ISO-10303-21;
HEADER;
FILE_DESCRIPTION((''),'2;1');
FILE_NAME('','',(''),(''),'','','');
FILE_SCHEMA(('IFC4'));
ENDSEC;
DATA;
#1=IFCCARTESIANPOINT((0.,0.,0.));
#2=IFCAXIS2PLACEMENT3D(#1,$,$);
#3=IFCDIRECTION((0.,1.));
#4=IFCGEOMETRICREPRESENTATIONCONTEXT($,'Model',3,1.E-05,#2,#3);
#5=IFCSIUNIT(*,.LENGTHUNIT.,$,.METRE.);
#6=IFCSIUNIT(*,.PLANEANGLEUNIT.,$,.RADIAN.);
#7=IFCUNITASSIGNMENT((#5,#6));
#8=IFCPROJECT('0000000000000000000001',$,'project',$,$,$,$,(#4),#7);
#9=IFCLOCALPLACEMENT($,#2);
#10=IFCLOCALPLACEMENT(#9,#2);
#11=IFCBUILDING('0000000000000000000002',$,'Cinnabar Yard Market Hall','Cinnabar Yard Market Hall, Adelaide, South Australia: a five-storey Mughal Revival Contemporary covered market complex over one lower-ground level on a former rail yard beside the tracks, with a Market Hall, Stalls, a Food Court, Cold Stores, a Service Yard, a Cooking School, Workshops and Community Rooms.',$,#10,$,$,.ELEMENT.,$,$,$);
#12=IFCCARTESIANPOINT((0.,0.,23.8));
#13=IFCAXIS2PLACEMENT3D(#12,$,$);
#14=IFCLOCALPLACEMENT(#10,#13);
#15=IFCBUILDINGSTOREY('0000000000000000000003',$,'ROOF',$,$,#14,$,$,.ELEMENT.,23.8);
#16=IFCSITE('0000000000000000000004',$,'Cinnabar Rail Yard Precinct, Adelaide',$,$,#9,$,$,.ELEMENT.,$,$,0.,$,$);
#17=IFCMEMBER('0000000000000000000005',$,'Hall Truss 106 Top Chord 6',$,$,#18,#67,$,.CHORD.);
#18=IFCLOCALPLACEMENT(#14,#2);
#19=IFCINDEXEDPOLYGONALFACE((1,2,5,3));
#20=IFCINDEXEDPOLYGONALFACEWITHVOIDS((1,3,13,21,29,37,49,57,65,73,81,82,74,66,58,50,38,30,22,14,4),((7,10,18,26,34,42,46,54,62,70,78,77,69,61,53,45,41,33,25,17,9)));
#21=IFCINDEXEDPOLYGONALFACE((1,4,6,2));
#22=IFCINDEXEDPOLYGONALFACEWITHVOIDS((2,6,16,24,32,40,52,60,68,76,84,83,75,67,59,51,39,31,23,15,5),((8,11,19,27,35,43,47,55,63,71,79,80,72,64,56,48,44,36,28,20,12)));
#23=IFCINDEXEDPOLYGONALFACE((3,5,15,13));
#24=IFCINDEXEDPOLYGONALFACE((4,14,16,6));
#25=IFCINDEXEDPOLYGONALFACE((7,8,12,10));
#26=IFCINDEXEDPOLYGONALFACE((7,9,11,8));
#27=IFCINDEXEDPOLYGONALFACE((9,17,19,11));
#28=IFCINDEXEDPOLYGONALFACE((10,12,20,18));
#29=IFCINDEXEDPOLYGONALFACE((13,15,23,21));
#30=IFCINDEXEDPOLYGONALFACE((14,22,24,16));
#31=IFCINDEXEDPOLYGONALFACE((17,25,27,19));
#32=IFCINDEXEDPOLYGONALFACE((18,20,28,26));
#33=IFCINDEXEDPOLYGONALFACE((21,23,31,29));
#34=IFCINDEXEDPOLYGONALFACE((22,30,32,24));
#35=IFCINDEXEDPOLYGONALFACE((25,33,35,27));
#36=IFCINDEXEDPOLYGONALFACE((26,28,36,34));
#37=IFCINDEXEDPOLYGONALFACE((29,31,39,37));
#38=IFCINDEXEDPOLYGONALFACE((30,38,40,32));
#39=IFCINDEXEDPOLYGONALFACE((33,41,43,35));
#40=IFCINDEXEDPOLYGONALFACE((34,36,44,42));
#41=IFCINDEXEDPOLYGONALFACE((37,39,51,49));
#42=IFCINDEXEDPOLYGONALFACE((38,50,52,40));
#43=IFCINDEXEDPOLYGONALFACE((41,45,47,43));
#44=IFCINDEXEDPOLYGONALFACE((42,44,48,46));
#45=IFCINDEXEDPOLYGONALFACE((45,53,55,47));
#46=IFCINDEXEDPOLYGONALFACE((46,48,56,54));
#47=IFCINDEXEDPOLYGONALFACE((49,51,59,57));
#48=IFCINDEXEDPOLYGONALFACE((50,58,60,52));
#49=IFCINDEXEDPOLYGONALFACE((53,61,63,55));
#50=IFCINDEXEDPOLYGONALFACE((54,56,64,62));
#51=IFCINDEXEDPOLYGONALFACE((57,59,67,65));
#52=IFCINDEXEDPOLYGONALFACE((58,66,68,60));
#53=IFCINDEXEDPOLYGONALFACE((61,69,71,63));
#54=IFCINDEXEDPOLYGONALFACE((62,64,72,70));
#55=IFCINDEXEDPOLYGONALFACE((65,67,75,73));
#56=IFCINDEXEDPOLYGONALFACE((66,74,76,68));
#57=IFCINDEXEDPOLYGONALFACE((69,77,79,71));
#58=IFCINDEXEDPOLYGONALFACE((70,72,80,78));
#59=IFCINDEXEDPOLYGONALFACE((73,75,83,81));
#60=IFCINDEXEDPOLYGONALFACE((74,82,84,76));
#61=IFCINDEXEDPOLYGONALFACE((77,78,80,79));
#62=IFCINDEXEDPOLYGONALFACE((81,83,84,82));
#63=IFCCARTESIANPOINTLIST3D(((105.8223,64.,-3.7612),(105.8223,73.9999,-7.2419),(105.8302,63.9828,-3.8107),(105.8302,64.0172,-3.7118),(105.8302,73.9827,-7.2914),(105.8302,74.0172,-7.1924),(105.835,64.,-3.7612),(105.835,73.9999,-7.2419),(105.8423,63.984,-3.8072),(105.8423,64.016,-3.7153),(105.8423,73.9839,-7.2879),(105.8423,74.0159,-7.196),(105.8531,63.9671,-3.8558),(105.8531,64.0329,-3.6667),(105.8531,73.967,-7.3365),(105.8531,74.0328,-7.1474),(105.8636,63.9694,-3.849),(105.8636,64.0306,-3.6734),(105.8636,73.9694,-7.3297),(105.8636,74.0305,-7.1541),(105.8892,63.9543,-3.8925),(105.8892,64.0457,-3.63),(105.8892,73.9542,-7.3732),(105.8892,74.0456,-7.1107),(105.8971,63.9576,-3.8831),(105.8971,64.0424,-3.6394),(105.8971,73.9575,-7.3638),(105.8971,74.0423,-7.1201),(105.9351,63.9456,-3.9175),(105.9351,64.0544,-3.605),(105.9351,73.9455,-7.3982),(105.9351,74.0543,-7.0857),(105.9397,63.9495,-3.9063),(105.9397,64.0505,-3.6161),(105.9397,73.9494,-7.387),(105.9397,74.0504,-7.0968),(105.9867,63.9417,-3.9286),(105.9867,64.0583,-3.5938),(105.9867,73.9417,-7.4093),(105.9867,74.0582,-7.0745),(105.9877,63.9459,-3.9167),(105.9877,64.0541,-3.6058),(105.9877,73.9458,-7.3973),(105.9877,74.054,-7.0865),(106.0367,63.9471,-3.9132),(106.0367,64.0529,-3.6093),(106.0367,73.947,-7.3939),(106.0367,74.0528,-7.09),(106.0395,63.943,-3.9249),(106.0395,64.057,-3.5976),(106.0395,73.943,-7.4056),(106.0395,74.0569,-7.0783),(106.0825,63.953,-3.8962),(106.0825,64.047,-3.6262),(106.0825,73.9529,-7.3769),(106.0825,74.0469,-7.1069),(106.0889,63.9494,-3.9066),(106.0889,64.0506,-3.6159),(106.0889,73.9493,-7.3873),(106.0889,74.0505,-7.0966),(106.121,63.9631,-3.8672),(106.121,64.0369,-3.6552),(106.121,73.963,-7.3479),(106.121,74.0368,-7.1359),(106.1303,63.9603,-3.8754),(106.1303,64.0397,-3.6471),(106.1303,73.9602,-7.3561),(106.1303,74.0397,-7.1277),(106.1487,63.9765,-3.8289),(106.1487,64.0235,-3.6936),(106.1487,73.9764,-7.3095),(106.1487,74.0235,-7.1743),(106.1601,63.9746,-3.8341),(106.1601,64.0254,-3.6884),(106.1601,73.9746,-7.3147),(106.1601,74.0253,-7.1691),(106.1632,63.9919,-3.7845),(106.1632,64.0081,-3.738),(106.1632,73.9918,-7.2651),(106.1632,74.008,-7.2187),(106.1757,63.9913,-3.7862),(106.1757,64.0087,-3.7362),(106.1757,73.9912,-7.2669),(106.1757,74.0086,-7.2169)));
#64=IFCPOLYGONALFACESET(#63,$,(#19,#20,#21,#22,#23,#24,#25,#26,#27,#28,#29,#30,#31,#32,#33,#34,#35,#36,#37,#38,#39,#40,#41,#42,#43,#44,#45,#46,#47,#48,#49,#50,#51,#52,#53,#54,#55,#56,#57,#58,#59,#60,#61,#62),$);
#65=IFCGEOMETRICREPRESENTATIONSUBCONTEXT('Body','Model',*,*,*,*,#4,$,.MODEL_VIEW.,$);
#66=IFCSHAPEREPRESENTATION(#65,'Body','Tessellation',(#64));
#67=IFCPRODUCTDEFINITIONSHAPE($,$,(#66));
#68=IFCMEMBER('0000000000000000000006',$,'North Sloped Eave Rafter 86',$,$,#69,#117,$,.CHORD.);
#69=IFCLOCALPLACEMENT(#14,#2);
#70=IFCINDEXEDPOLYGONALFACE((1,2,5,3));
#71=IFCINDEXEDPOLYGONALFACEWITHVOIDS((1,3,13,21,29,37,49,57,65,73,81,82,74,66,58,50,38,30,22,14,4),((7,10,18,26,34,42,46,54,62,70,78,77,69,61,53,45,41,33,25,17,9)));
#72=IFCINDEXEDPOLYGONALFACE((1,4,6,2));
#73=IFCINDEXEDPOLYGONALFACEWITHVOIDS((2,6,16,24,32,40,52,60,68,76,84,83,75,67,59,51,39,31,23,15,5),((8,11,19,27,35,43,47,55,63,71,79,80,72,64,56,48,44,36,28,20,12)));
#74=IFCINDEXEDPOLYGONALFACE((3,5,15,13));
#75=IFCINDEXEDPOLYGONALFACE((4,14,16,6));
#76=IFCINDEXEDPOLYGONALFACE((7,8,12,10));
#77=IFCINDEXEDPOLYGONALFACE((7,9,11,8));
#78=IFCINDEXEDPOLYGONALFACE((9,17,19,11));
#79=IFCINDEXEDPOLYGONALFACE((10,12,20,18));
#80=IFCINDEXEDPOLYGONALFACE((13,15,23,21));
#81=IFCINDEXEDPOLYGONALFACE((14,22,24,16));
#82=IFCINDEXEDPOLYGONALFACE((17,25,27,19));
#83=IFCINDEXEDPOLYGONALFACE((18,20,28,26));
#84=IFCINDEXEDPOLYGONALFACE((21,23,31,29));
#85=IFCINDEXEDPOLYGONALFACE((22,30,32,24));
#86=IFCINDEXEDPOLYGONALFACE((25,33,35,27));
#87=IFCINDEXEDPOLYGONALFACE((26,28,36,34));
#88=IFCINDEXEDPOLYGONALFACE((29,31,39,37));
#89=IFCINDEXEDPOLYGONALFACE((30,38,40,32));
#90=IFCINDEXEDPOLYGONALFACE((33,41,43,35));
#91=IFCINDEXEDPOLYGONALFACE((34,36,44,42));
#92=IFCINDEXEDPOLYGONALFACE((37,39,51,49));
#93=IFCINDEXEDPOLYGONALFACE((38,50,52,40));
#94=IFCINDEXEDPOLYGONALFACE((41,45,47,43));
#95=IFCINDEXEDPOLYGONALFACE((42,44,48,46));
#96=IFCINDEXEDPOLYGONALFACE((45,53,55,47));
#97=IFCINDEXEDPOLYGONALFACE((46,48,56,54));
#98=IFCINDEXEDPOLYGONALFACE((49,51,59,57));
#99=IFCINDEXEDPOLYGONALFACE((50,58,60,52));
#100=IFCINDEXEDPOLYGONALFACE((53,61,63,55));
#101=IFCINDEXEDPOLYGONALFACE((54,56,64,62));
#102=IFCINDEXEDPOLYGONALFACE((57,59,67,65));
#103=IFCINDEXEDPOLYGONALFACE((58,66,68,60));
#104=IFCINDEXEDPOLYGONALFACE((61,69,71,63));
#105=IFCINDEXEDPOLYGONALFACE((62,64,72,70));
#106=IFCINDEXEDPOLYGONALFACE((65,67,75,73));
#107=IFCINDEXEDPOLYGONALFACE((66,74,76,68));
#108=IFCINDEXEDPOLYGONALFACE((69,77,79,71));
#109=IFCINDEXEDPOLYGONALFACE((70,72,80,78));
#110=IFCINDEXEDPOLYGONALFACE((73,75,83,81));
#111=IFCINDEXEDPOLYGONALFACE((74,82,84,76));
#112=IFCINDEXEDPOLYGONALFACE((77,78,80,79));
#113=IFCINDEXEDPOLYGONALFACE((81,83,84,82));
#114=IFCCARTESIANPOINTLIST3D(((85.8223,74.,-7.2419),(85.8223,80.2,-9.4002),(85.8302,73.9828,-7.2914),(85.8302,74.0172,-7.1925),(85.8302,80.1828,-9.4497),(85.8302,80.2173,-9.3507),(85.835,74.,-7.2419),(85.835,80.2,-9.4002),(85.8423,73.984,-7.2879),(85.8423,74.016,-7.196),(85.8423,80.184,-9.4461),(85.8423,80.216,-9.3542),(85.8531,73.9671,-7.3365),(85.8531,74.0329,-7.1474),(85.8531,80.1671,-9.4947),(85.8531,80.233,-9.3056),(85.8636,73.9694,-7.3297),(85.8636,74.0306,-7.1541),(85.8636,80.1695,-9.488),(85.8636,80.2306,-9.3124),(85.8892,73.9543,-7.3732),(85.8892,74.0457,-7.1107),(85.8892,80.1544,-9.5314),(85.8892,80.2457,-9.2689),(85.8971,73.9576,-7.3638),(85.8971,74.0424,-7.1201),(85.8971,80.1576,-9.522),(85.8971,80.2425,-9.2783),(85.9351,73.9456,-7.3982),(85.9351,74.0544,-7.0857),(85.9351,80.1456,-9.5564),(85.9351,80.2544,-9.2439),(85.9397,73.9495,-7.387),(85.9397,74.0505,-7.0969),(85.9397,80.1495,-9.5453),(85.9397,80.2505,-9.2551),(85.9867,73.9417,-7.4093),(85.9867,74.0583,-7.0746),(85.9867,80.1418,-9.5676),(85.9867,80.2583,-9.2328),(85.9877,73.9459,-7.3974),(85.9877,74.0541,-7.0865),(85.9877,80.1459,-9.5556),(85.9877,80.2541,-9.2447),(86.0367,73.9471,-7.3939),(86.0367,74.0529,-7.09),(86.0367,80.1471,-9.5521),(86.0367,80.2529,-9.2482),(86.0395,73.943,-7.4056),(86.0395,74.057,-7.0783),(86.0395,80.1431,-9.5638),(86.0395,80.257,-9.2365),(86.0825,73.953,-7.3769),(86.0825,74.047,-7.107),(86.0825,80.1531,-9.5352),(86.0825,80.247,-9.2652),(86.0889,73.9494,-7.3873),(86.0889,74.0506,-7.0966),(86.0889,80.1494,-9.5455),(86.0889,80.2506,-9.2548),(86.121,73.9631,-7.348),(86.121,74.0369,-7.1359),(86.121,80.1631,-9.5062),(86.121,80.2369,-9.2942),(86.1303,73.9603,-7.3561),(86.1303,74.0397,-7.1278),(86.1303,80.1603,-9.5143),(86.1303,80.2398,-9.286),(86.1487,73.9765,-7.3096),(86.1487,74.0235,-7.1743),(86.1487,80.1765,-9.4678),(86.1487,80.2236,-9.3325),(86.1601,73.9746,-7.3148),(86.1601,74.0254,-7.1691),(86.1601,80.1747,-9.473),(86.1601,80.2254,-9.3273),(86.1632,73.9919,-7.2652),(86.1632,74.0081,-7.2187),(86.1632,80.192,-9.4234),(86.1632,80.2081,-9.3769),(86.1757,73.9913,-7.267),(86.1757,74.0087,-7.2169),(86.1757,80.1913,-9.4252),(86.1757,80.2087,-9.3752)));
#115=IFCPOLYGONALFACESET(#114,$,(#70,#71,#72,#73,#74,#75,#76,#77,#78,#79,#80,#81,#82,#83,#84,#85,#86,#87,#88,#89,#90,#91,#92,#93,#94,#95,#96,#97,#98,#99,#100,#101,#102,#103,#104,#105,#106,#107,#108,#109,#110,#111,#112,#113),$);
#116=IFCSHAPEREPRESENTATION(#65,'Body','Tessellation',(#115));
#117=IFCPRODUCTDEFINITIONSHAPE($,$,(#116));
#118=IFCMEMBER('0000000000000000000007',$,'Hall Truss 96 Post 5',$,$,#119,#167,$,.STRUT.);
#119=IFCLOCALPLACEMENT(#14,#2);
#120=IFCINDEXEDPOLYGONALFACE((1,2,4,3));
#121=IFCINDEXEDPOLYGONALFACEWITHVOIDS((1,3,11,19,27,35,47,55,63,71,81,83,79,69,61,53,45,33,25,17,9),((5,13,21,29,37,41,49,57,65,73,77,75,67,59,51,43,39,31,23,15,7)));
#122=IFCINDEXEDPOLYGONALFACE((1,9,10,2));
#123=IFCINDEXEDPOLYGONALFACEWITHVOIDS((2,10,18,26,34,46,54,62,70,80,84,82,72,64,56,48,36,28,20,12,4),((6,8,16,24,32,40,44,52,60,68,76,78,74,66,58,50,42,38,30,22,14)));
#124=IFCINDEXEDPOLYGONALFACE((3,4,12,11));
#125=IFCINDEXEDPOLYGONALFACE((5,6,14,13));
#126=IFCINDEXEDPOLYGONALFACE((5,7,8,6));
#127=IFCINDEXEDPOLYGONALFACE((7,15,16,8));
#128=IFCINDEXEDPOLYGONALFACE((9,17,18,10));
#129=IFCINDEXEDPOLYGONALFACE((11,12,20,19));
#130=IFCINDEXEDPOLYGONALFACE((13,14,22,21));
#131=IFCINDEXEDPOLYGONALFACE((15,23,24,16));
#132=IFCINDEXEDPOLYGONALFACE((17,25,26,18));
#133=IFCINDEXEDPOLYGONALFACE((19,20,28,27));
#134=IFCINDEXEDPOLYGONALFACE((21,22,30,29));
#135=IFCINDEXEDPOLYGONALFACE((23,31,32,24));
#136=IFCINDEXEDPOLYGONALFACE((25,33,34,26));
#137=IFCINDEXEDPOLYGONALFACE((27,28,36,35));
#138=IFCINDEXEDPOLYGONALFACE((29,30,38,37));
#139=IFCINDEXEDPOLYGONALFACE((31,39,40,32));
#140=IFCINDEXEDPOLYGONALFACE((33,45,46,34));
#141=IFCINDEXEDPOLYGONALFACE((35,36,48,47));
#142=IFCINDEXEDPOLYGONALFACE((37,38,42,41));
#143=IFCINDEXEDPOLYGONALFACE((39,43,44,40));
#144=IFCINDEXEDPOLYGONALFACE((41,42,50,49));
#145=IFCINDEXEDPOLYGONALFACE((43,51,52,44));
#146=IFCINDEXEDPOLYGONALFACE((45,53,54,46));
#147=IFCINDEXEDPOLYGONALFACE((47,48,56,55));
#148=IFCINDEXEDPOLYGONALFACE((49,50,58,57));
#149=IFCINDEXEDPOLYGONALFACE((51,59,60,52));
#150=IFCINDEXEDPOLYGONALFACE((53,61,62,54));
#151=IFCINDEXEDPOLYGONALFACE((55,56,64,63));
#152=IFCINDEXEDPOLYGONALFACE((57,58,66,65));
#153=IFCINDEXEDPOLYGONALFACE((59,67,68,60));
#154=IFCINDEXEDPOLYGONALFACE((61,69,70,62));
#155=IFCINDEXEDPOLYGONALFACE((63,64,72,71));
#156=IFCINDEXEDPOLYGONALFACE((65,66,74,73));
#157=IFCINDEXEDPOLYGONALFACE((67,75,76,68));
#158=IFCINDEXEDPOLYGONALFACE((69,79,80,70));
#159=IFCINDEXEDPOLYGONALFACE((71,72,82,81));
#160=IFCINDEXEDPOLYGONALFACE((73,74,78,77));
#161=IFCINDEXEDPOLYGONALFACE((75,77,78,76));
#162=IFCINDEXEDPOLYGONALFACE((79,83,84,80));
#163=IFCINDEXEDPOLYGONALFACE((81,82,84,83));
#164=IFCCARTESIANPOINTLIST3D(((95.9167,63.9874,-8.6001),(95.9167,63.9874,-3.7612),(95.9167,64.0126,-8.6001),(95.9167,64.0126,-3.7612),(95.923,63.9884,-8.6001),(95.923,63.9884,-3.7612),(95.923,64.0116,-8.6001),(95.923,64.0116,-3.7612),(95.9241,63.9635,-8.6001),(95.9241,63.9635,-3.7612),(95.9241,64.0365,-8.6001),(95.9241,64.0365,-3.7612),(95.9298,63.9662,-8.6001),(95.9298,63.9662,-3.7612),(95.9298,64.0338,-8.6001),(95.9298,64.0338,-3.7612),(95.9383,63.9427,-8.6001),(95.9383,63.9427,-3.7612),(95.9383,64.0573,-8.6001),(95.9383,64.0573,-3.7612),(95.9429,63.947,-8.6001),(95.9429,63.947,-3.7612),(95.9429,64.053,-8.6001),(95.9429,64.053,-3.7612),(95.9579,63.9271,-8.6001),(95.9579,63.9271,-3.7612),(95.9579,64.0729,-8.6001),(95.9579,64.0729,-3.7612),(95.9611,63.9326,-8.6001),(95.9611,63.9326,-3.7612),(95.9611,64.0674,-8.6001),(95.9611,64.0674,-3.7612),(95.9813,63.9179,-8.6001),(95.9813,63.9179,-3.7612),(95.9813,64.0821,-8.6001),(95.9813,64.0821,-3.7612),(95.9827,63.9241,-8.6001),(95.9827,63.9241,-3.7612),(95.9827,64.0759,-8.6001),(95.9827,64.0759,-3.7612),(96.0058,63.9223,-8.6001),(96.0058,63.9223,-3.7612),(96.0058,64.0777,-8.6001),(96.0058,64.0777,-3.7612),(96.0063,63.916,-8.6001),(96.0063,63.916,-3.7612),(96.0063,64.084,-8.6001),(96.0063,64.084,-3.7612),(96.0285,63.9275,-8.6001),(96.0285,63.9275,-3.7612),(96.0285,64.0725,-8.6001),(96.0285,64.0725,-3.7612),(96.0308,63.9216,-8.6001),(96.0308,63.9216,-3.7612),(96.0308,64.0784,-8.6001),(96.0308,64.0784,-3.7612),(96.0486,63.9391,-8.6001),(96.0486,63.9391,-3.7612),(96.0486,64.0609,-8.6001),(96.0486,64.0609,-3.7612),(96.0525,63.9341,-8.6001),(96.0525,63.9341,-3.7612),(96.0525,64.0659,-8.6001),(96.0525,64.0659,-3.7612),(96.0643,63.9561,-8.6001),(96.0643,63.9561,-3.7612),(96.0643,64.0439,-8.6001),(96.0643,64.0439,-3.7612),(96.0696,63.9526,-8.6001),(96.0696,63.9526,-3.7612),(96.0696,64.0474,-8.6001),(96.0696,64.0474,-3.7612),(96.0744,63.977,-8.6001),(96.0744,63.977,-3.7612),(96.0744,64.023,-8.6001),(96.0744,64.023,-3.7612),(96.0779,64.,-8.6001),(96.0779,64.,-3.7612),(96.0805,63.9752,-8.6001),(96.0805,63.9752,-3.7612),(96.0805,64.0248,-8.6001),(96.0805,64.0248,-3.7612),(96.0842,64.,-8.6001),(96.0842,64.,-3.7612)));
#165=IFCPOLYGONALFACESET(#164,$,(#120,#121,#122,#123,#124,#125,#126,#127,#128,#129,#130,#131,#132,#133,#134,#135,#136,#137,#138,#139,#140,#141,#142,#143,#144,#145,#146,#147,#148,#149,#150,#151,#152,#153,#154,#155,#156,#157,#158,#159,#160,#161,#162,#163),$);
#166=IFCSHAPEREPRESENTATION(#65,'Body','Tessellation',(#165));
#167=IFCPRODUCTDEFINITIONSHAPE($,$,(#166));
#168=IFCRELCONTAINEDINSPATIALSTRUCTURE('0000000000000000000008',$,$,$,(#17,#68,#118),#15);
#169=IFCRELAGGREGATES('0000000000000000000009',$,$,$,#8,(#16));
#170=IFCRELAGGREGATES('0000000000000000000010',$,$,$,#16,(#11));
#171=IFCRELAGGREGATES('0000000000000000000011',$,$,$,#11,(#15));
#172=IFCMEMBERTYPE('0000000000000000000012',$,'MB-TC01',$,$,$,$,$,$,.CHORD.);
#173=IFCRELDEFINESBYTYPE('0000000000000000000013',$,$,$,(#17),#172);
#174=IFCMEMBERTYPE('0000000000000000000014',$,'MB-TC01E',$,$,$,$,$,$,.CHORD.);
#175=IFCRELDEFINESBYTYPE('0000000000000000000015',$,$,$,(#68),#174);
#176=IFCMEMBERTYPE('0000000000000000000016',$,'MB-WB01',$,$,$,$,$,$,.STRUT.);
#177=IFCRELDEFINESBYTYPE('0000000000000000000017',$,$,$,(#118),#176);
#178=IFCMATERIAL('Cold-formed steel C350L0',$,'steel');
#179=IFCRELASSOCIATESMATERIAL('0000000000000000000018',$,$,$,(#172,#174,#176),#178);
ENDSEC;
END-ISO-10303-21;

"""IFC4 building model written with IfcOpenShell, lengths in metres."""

from ifc_helpers import new_model, si_unit, direction, frame, origin, origin_2d_with_axis, place, context, subcontext, project, spatial, hollow_circle, extrude, material, material_profile, profile_set, type_object, element, save


model = new_model("IFC4")

# Units and contexts
model_context = context("Model", 3, precision=1e-05, world=origin(), true_north=direction((0.0, 1.0)))
body_context = subcontext(model_context, "Body", "Model", "MODEL_VIEW")
ifc_project = project(units=[si_unit("LENGTHUNIT", "METRE"), si_unit("PLANEANGLEUNIT", "RADIAN")], contexts=[model_context])

# Site, building, storey
site_placement = place(None, origin())
site = spatial("IfcSite", under=ifc_project, at=site_placement, Name="Cinnabar Rail Yard Precinct, Adelaide", CompositionType="ELEMENT", RefElevation=0.0)
building_placement = place(site_placement, origin())
building = spatial("IfcBuilding", under=site, at=building_placement, Name="Cinnabar Yard Market Hall", Description="Cinnabar Yard Market Hall, Adelaide, South Australia: a five-storey Mughal Revival Contemporary covered market complex over one lower-ground level on a former rail yard beside the tracks, with a Market Hall, Stalls, a Food Court, Cold Stores, a Service Yard, a Cooking School, Workshops and Community Rooms.", CompositionType="ELEMENT")
storey_placement = place(building_placement, frame((0.0, 0.0, 23.8)))
storey = spatial("IfcBuildingStorey", under=building, at=storey_placement, Name="ROOF", CompositionType="ELEMENT", Elevation=23.8)

# Members
ifc_material_1 = material(Name="Cold-formed steel C350L0", Category="steel")
ifc_material_profile_1 = material_profile(ifc_material_1, hollow_circle(Radius=0.1777, WallThickness=0.0127, at=origin_2d_with_axis()), Name="355.6x12.7CHS")
ifc_profile_set_1 = profile_set([ifc_material_profile_1], Name="Cold-formed steel C350L0")
member_type_1 = type_object("IfcMemberType", Name="MB-TC01", PredefinedType="CHORD", material=ifc_profile_set_1)
for number, where, z_axis, x_axis, name in (
    (1, (106.0, 64.0, -3.7612), (0.0, 0.944425, -0.328727), (-1.0, 0.0, 0.0), "Hall Truss 106 Top Chord 6"),
):
    element("IfcMember", number, at=place(storey_placement, frame(where, z_axis=z_axis, x_axis=x_axis)), inside=storey, type_object=member_type_1, Name=name, PredefinedType="CHORD", context=body_context, shape_type="SweptSolid", body=[
        extrude(hollow_circle(Radius=0.1777, WallThickness=0.0127, at=origin_2d_with_axis()), origin(), (0.0, 0.0, 1.0), 10.5884),
    ])
ifc_material_profile_2 = material_profile(ifc_material_1, hollow_circle(Radius=0.1777, WallThickness=0.0127, at=origin_2d_with_axis()), Name="355.6x12.7CHS")
ifc_profile_set_2 = profile_set([ifc_material_profile_2], Name="Cold-formed steel C350L0")
member_type_2 = type_object("IfcMemberType", Name="MB-TC01E", PredefinedType="CHORD", material=ifc_profile_set_2)
member_1_placement = place(storey_placement, frame((86.0, 74.0, -7.2419), z_axis=(0.0, 0.944416, -0.328751), x_axis=(-1.0, 0.0, 0.0)))
element("IfcMember", 2, at=member_1_placement, inside=storey, type_object=member_type_2, Name="North Sloped Eave Rafter 86", PredefinedType="CHORD", context=body_context, shape_type="SweptSolid", body=[
    extrude(hollow_circle(Radius=0.1777, WallThickness=0.0127, at=origin_2d_with_axis()), origin(), (0.0, 0.0, 1.0), 6.5649),
])
ifc_material_profile_3 = material_profile(ifc_material_1, hollow_circle(Radius=0.0842, WallThickness=0.0063, at=origin_2d_with_axis()), Name="168.3x6.4CHS")
ifc_profile_set_3 = profile_set([ifc_material_profile_3], Name="Cold-formed steel C350L0")
member_type_3 = type_object("IfcMemberType", Name="MB-WB01", PredefinedType="STRUT", material=ifc_profile_set_3)
for number, where, z_axis, x_axis, name in (
    (3, (96.0, 64.0, -8.6001), (0.0, 0.0, 1.0), (1.0, 0.0, 0.0), "Hall Truss 96 Post 5"),
):
    element("IfcMember", number, at=place(storey_placement, frame(where, z_axis=z_axis, x_axis=x_axis)), inside=storey, type_object=member_type_3, Name=name, PredefinedType="STRUT", context=body_context, shape_type="SweptSolid", body=[
        extrude(hollow_circle(Radius=0.0842, WallThickness=0.0063, at=origin_2d_with_axis()), origin(), (0.0, 0.0, 1.0), 4.8389),
    ])

save(model, "model.ifc")
